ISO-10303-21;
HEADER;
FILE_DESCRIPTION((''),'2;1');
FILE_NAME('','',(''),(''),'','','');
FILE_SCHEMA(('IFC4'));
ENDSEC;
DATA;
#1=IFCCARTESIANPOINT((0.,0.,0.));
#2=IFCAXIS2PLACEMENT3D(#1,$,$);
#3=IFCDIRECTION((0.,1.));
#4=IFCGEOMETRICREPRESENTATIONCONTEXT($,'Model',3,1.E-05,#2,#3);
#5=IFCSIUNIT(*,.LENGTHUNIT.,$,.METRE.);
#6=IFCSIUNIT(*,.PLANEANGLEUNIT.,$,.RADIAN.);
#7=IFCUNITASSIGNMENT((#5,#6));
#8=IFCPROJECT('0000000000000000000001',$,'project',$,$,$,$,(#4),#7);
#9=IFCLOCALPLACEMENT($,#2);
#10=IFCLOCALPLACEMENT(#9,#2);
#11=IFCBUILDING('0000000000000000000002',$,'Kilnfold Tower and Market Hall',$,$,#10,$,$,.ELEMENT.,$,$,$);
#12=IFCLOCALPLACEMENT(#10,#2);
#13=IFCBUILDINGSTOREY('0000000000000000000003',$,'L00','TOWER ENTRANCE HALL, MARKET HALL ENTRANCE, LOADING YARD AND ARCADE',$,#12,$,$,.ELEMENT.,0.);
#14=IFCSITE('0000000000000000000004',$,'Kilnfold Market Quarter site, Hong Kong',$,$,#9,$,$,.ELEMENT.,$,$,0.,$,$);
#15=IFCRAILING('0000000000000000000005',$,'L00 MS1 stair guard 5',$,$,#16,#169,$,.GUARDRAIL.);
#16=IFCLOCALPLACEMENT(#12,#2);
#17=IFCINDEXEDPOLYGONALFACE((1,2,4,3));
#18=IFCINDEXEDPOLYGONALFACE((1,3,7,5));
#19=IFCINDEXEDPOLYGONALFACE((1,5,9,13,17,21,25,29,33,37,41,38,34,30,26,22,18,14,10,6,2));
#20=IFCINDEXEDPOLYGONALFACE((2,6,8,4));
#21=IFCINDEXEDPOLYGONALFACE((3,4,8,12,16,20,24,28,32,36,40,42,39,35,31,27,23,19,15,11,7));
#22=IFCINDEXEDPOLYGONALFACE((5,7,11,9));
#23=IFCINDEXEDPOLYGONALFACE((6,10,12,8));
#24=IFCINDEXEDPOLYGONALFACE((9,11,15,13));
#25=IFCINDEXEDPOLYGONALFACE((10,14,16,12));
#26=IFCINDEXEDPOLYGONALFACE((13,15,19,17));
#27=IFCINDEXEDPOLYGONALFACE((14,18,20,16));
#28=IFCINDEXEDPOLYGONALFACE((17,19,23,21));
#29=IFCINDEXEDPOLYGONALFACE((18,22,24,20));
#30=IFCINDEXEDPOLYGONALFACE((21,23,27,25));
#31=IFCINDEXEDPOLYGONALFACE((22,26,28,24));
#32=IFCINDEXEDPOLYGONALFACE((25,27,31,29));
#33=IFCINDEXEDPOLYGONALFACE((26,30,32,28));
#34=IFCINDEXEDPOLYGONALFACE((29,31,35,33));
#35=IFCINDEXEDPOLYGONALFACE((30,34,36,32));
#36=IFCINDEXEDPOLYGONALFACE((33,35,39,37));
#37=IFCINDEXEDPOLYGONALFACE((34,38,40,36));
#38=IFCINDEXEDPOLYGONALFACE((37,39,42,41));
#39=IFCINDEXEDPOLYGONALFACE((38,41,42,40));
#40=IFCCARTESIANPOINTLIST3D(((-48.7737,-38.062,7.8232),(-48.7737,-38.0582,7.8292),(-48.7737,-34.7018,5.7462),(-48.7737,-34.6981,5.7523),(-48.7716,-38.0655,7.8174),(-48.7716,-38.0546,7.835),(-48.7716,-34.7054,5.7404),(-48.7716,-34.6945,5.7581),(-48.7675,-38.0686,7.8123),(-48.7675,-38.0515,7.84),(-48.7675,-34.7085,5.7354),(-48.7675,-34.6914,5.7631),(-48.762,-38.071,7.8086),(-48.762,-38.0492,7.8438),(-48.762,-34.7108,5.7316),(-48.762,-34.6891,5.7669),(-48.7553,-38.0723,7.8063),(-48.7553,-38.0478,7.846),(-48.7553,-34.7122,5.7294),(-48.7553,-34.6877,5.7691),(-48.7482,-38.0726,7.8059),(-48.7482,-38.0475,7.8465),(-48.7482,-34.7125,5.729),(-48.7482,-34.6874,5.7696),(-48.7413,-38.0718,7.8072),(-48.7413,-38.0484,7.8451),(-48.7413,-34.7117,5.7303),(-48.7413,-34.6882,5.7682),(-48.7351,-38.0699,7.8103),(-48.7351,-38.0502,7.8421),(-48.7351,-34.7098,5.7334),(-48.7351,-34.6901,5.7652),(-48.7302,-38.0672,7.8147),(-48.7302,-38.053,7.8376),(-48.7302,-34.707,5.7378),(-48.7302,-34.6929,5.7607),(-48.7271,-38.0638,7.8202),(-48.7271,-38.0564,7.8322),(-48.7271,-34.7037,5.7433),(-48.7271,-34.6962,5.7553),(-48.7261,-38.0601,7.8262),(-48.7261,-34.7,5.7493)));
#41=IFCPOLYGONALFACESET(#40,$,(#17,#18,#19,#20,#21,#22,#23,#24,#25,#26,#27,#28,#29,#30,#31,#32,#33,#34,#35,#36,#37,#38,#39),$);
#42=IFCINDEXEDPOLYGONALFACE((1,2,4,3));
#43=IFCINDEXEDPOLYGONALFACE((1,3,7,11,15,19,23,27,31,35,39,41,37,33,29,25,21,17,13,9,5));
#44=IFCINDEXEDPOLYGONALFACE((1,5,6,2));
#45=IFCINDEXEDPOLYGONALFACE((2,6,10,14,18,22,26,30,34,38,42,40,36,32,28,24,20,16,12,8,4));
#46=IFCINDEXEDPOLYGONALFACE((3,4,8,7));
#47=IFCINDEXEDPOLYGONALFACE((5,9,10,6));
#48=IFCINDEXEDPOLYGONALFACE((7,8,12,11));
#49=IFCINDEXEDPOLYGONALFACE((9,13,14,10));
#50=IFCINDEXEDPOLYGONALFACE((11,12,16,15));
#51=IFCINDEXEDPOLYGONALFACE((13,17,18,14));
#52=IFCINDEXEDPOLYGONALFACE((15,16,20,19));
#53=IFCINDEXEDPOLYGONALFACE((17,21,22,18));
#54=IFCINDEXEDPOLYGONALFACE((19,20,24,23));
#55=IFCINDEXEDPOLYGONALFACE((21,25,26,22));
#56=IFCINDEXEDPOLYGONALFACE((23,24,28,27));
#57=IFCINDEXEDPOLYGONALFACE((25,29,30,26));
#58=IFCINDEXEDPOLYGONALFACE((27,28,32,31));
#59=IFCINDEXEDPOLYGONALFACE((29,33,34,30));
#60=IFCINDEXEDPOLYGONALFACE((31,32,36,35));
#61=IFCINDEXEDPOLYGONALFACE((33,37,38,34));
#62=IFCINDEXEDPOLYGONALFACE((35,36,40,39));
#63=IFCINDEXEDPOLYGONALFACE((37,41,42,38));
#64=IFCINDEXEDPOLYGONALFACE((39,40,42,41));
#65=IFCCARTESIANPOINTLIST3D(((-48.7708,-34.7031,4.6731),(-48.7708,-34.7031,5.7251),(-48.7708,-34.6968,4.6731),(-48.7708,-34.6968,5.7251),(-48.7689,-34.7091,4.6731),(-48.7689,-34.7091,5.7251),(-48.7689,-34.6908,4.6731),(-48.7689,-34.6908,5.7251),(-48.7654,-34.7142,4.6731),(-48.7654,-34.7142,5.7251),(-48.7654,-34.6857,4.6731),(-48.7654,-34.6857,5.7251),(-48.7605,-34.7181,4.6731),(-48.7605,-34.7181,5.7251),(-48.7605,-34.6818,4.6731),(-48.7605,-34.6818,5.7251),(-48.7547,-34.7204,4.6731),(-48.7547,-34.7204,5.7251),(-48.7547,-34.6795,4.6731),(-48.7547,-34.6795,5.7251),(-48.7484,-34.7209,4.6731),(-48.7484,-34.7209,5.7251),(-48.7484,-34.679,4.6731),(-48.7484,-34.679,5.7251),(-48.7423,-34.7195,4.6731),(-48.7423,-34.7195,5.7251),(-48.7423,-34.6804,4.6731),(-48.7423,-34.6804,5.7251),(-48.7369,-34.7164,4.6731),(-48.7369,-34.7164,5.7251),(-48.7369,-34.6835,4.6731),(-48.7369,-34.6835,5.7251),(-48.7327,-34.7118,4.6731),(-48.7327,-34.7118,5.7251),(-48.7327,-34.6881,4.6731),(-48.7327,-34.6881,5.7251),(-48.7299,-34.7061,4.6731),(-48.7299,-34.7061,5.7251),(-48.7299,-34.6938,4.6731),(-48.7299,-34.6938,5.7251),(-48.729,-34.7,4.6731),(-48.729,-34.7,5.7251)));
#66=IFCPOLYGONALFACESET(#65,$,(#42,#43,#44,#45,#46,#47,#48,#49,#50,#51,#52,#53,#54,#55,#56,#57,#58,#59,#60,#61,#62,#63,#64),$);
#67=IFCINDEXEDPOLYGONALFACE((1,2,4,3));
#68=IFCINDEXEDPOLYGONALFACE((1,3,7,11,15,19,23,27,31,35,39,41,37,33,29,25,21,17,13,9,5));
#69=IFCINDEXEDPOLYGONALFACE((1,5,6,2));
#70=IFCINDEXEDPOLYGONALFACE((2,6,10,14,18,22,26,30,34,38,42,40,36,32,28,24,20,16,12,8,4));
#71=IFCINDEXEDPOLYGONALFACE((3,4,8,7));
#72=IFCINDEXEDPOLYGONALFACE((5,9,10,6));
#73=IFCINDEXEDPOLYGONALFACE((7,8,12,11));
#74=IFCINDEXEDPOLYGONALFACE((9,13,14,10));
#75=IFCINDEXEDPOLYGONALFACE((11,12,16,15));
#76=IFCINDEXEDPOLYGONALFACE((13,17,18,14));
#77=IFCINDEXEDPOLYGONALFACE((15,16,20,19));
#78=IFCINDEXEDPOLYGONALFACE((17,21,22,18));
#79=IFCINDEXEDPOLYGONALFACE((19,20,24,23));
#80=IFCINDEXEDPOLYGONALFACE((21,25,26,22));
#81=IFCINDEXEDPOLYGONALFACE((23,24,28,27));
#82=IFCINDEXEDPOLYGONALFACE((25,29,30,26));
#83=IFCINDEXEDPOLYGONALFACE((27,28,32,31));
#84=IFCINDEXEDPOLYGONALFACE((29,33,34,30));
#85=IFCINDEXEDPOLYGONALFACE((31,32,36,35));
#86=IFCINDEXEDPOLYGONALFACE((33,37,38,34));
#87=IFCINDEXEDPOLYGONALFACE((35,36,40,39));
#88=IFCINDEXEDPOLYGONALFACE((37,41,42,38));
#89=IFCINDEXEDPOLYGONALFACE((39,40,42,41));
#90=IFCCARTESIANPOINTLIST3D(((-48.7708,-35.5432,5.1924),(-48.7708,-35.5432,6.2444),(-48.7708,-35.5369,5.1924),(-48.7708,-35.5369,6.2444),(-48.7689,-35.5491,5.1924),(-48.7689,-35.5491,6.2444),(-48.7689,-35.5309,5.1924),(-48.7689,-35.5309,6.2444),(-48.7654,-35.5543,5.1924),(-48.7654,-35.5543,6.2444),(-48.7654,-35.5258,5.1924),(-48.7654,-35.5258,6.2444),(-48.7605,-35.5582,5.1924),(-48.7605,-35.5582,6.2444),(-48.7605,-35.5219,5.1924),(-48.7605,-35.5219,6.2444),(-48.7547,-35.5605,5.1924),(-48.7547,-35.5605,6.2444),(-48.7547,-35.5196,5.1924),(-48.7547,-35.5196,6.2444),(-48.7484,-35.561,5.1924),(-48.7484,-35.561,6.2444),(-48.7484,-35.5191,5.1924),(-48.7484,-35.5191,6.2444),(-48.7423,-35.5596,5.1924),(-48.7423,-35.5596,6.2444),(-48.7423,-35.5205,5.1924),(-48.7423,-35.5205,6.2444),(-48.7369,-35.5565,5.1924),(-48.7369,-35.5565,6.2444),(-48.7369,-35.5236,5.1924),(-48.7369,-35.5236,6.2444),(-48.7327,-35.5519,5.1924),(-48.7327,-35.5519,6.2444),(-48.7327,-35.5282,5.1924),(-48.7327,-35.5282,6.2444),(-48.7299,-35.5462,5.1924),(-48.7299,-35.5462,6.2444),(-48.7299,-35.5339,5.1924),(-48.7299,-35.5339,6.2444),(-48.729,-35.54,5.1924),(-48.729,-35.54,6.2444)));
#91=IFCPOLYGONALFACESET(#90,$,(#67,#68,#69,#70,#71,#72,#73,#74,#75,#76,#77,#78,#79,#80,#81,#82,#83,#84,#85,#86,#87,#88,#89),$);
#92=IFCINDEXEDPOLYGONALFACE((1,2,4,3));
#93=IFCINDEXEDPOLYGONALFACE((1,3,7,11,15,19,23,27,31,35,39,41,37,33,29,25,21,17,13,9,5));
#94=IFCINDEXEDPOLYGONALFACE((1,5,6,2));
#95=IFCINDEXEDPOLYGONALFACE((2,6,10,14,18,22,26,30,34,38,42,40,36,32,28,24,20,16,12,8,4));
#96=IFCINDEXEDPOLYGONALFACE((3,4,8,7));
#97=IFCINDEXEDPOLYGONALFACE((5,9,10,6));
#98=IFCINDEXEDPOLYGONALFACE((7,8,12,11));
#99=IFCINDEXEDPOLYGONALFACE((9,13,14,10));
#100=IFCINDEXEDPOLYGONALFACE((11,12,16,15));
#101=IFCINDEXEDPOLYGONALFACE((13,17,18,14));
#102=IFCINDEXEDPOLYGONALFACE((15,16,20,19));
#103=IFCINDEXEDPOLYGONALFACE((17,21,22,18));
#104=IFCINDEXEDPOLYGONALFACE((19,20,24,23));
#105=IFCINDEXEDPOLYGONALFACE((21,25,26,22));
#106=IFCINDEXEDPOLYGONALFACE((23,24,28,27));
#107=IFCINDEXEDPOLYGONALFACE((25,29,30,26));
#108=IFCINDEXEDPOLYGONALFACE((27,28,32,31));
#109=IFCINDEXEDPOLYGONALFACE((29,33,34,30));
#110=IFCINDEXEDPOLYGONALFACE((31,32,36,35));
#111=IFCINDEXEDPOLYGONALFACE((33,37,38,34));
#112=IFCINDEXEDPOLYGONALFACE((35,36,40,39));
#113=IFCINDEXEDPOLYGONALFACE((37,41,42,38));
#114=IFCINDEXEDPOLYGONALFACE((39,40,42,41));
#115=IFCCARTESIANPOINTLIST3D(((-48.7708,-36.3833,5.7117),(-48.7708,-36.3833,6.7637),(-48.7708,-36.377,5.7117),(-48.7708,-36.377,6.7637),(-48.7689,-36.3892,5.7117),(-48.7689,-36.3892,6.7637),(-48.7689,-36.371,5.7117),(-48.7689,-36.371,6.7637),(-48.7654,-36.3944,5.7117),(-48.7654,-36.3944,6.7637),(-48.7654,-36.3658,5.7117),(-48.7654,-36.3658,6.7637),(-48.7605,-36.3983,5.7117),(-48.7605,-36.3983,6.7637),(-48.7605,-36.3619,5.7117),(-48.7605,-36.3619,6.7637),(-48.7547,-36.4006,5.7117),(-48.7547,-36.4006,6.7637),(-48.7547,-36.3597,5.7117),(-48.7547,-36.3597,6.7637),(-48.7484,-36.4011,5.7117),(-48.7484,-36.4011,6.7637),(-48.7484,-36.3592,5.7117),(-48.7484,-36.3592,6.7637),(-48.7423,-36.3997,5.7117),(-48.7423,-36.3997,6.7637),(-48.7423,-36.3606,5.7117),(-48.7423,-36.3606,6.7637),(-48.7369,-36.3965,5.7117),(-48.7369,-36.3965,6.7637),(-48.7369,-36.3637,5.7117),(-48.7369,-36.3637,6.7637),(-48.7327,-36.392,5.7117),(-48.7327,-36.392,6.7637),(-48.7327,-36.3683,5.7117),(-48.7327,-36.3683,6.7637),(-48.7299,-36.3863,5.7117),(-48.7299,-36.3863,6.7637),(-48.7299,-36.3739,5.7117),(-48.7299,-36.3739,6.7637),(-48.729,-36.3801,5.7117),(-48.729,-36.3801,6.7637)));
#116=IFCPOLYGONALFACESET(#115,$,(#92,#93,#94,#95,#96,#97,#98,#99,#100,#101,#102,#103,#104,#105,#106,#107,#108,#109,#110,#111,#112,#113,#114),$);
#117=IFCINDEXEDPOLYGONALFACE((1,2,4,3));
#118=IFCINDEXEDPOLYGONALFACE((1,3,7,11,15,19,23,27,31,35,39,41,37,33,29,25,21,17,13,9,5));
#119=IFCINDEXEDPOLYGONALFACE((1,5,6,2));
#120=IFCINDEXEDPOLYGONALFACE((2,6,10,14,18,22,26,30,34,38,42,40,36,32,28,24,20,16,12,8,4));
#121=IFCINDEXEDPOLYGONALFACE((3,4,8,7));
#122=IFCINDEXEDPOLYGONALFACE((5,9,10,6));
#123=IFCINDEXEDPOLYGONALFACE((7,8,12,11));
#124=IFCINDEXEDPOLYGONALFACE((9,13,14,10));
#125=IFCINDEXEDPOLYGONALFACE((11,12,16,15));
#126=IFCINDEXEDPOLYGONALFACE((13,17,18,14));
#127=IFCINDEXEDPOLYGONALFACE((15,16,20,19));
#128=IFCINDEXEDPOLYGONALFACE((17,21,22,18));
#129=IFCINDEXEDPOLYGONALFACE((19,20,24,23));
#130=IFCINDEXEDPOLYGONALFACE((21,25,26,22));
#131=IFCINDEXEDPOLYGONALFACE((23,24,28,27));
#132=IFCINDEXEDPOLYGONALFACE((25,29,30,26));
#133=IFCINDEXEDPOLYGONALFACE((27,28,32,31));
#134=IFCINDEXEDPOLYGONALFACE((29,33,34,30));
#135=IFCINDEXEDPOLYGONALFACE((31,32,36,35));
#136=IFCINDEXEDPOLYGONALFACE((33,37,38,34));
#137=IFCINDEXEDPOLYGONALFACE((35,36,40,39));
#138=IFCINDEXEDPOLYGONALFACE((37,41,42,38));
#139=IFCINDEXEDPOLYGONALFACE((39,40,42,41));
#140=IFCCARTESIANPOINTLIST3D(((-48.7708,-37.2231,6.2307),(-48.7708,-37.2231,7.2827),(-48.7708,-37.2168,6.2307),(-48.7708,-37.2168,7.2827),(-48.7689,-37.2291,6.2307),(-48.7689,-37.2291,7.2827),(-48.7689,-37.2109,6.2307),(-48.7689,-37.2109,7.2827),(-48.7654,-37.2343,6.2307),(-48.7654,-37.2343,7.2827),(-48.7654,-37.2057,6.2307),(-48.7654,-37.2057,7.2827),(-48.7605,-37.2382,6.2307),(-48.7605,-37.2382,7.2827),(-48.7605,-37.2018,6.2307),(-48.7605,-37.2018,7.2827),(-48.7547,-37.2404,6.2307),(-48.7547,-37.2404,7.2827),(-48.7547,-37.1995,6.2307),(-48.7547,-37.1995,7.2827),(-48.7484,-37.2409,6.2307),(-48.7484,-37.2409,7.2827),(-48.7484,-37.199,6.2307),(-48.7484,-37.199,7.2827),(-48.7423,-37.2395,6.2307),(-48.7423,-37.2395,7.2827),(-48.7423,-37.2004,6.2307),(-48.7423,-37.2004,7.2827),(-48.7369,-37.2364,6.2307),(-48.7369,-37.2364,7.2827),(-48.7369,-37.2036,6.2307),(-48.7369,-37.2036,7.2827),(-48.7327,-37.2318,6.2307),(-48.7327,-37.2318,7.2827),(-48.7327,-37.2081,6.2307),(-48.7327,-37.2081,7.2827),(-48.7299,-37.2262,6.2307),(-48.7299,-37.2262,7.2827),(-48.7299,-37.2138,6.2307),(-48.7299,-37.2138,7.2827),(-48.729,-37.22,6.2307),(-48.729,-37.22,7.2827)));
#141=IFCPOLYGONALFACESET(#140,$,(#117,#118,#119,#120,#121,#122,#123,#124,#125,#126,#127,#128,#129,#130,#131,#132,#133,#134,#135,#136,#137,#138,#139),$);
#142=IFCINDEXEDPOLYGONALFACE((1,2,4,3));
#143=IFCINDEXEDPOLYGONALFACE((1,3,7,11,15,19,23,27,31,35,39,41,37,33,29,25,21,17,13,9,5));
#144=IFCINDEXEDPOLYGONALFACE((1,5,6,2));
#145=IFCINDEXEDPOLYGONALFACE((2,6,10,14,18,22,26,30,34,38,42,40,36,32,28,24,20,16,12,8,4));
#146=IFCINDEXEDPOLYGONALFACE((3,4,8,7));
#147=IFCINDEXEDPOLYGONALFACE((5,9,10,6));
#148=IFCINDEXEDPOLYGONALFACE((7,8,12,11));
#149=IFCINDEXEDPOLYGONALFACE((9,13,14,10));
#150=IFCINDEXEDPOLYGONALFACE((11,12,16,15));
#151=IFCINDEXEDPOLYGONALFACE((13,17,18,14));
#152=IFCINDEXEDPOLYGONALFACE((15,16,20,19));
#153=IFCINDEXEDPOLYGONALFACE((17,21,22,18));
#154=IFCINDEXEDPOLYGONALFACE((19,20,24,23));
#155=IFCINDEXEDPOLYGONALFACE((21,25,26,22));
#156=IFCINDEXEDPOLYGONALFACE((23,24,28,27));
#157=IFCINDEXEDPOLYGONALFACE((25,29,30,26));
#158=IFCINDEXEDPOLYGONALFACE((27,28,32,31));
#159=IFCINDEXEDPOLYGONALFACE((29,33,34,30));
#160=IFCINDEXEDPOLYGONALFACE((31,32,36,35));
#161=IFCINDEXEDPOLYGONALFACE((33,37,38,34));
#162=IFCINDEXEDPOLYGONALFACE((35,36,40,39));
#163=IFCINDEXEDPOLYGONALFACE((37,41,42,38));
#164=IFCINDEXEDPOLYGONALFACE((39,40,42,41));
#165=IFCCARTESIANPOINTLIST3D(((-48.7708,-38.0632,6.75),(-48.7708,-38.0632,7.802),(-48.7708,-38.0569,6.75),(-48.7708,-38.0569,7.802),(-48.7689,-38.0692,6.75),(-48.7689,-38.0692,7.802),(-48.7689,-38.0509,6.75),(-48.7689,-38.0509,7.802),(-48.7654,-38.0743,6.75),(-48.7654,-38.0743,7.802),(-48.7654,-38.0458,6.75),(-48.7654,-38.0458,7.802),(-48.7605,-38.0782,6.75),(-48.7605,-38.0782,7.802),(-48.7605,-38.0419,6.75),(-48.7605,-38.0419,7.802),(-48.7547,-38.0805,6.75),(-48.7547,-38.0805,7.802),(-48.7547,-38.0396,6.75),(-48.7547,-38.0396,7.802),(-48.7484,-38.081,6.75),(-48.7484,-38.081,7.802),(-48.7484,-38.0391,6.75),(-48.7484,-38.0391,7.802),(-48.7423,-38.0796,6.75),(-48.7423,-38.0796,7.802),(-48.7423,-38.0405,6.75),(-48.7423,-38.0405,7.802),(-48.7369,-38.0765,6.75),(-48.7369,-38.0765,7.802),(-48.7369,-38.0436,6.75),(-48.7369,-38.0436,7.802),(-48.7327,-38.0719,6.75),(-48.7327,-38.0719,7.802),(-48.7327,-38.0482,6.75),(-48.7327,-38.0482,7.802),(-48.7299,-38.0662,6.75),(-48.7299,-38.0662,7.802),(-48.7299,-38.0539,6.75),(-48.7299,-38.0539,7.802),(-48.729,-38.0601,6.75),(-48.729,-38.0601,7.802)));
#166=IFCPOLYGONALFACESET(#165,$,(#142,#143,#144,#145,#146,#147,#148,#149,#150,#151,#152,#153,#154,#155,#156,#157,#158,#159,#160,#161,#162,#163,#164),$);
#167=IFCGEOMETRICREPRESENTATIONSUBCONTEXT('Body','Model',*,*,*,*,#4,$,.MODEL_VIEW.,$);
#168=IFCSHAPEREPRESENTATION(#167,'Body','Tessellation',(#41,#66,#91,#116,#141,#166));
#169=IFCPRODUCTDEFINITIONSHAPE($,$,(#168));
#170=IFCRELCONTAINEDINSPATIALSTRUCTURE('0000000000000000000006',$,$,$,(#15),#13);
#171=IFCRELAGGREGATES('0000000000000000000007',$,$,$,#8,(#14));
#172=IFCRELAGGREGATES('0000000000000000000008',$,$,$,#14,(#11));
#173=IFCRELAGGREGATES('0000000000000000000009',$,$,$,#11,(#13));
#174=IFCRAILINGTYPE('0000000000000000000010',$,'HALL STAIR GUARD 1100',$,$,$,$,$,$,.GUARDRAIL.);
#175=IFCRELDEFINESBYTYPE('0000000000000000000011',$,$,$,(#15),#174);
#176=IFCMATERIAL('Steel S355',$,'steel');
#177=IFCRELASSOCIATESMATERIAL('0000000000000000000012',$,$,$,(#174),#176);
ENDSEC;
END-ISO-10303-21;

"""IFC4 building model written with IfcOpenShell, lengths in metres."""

from ifc_helpers import new_model, si_unit, direction, frame, origin, origin_2d, place, context, subcontext, project, spatial, circle, extrude, material, type_object, element, save


model = new_model("IFC4")

# Units and contexts
model_context = context("Model", 3, precision=1e-05, world=origin(), true_north=direction((0.0, 1.0)))
body_context = subcontext(model_context, "Body", "Model", "MODEL_VIEW")
ifc_project = project(units=[si_unit("LENGTHUNIT", "METRE"), si_unit("PLANEANGLEUNIT", "RADIAN")], contexts=[model_context])

# Site, building, storey
site_placement = place(None, origin())
site = spatial("IfcSite", under=ifc_project, at=site_placement, Name="Kilnfold Market Quarter site, Hong Kong", CompositionType="ELEMENT", RefElevation=0.0)
building_placement = place(site_placement, origin())
building = spatial("IfcBuilding", under=site, at=building_placement, Name="Kilnfold Tower and Market Hall", CompositionType="ELEMENT")
storey_placement = place(building_placement, origin())
storey = spatial("IfcBuildingStorey", under=building, at=storey_placement, Name="L00", Description="TOWER ENTRANCE HALL, MARKET HALL ENTRANCE, LOADING YARD AND ARCADE", CompositionType="ELEMENT", Elevation=0.0)

# Railing
ifc_material_1 = material(Name="Steel S355", Category="steel")
railing_type_1 = type_object("IfcRailingType", Name="HALL STAIR GUARD 1100", PredefinedType="GUARDRAIL", material=ifc_material_1)
railing_1_placement = place(storey_placement, frame((-48.75, -34.7, 4.6731)))
element("IfcRailing", 1, at=railing_1_placement, inside=storey, type_object=railing_type_1, Name="L00 MS1 stair guard 5", PredefinedType="GUARDRAIL", context=body_context, shape_type="SweptSolid", body=[
    extrude(circle(Radius=0.0239, at=origin_2d()), frame((0.0, 0.0, 1.0762), z_axis=(0.0, -0.850623, 0.525776), x_axis=(1.0, 0.0, 0.0)), (0.0, 0.0, 1.0), 3.9502),
    extrude(circle(Radius=0.021, at=origin_2d()), origin(), (0.0, 0.0, 1.0), 1.052),
    extrude(circle(Radius=0.021, at=origin_2d()), frame((0.0, -0.8401, 0.5193)), (0.0, 0.0, 1.0), 1.052),
    extrude(circle(Radius=0.021, at=origin_2d()), frame((0.0, -1.6802, 1.0386)), (0.0, 0.0, 1.0), 1.052),
    extrude(circle(Radius=0.021, at=origin_2d()), frame((0.0, -2.52, 1.5576)), (0.0, 0.0, 1.0), 1.052),
    extrude(circle(Radius=0.021, at=origin_2d()), frame((0.0, -3.3601, 2.0769)), (0.0, 0.0, 1.0), 1.052),
])

save(model, "model.ifc")
